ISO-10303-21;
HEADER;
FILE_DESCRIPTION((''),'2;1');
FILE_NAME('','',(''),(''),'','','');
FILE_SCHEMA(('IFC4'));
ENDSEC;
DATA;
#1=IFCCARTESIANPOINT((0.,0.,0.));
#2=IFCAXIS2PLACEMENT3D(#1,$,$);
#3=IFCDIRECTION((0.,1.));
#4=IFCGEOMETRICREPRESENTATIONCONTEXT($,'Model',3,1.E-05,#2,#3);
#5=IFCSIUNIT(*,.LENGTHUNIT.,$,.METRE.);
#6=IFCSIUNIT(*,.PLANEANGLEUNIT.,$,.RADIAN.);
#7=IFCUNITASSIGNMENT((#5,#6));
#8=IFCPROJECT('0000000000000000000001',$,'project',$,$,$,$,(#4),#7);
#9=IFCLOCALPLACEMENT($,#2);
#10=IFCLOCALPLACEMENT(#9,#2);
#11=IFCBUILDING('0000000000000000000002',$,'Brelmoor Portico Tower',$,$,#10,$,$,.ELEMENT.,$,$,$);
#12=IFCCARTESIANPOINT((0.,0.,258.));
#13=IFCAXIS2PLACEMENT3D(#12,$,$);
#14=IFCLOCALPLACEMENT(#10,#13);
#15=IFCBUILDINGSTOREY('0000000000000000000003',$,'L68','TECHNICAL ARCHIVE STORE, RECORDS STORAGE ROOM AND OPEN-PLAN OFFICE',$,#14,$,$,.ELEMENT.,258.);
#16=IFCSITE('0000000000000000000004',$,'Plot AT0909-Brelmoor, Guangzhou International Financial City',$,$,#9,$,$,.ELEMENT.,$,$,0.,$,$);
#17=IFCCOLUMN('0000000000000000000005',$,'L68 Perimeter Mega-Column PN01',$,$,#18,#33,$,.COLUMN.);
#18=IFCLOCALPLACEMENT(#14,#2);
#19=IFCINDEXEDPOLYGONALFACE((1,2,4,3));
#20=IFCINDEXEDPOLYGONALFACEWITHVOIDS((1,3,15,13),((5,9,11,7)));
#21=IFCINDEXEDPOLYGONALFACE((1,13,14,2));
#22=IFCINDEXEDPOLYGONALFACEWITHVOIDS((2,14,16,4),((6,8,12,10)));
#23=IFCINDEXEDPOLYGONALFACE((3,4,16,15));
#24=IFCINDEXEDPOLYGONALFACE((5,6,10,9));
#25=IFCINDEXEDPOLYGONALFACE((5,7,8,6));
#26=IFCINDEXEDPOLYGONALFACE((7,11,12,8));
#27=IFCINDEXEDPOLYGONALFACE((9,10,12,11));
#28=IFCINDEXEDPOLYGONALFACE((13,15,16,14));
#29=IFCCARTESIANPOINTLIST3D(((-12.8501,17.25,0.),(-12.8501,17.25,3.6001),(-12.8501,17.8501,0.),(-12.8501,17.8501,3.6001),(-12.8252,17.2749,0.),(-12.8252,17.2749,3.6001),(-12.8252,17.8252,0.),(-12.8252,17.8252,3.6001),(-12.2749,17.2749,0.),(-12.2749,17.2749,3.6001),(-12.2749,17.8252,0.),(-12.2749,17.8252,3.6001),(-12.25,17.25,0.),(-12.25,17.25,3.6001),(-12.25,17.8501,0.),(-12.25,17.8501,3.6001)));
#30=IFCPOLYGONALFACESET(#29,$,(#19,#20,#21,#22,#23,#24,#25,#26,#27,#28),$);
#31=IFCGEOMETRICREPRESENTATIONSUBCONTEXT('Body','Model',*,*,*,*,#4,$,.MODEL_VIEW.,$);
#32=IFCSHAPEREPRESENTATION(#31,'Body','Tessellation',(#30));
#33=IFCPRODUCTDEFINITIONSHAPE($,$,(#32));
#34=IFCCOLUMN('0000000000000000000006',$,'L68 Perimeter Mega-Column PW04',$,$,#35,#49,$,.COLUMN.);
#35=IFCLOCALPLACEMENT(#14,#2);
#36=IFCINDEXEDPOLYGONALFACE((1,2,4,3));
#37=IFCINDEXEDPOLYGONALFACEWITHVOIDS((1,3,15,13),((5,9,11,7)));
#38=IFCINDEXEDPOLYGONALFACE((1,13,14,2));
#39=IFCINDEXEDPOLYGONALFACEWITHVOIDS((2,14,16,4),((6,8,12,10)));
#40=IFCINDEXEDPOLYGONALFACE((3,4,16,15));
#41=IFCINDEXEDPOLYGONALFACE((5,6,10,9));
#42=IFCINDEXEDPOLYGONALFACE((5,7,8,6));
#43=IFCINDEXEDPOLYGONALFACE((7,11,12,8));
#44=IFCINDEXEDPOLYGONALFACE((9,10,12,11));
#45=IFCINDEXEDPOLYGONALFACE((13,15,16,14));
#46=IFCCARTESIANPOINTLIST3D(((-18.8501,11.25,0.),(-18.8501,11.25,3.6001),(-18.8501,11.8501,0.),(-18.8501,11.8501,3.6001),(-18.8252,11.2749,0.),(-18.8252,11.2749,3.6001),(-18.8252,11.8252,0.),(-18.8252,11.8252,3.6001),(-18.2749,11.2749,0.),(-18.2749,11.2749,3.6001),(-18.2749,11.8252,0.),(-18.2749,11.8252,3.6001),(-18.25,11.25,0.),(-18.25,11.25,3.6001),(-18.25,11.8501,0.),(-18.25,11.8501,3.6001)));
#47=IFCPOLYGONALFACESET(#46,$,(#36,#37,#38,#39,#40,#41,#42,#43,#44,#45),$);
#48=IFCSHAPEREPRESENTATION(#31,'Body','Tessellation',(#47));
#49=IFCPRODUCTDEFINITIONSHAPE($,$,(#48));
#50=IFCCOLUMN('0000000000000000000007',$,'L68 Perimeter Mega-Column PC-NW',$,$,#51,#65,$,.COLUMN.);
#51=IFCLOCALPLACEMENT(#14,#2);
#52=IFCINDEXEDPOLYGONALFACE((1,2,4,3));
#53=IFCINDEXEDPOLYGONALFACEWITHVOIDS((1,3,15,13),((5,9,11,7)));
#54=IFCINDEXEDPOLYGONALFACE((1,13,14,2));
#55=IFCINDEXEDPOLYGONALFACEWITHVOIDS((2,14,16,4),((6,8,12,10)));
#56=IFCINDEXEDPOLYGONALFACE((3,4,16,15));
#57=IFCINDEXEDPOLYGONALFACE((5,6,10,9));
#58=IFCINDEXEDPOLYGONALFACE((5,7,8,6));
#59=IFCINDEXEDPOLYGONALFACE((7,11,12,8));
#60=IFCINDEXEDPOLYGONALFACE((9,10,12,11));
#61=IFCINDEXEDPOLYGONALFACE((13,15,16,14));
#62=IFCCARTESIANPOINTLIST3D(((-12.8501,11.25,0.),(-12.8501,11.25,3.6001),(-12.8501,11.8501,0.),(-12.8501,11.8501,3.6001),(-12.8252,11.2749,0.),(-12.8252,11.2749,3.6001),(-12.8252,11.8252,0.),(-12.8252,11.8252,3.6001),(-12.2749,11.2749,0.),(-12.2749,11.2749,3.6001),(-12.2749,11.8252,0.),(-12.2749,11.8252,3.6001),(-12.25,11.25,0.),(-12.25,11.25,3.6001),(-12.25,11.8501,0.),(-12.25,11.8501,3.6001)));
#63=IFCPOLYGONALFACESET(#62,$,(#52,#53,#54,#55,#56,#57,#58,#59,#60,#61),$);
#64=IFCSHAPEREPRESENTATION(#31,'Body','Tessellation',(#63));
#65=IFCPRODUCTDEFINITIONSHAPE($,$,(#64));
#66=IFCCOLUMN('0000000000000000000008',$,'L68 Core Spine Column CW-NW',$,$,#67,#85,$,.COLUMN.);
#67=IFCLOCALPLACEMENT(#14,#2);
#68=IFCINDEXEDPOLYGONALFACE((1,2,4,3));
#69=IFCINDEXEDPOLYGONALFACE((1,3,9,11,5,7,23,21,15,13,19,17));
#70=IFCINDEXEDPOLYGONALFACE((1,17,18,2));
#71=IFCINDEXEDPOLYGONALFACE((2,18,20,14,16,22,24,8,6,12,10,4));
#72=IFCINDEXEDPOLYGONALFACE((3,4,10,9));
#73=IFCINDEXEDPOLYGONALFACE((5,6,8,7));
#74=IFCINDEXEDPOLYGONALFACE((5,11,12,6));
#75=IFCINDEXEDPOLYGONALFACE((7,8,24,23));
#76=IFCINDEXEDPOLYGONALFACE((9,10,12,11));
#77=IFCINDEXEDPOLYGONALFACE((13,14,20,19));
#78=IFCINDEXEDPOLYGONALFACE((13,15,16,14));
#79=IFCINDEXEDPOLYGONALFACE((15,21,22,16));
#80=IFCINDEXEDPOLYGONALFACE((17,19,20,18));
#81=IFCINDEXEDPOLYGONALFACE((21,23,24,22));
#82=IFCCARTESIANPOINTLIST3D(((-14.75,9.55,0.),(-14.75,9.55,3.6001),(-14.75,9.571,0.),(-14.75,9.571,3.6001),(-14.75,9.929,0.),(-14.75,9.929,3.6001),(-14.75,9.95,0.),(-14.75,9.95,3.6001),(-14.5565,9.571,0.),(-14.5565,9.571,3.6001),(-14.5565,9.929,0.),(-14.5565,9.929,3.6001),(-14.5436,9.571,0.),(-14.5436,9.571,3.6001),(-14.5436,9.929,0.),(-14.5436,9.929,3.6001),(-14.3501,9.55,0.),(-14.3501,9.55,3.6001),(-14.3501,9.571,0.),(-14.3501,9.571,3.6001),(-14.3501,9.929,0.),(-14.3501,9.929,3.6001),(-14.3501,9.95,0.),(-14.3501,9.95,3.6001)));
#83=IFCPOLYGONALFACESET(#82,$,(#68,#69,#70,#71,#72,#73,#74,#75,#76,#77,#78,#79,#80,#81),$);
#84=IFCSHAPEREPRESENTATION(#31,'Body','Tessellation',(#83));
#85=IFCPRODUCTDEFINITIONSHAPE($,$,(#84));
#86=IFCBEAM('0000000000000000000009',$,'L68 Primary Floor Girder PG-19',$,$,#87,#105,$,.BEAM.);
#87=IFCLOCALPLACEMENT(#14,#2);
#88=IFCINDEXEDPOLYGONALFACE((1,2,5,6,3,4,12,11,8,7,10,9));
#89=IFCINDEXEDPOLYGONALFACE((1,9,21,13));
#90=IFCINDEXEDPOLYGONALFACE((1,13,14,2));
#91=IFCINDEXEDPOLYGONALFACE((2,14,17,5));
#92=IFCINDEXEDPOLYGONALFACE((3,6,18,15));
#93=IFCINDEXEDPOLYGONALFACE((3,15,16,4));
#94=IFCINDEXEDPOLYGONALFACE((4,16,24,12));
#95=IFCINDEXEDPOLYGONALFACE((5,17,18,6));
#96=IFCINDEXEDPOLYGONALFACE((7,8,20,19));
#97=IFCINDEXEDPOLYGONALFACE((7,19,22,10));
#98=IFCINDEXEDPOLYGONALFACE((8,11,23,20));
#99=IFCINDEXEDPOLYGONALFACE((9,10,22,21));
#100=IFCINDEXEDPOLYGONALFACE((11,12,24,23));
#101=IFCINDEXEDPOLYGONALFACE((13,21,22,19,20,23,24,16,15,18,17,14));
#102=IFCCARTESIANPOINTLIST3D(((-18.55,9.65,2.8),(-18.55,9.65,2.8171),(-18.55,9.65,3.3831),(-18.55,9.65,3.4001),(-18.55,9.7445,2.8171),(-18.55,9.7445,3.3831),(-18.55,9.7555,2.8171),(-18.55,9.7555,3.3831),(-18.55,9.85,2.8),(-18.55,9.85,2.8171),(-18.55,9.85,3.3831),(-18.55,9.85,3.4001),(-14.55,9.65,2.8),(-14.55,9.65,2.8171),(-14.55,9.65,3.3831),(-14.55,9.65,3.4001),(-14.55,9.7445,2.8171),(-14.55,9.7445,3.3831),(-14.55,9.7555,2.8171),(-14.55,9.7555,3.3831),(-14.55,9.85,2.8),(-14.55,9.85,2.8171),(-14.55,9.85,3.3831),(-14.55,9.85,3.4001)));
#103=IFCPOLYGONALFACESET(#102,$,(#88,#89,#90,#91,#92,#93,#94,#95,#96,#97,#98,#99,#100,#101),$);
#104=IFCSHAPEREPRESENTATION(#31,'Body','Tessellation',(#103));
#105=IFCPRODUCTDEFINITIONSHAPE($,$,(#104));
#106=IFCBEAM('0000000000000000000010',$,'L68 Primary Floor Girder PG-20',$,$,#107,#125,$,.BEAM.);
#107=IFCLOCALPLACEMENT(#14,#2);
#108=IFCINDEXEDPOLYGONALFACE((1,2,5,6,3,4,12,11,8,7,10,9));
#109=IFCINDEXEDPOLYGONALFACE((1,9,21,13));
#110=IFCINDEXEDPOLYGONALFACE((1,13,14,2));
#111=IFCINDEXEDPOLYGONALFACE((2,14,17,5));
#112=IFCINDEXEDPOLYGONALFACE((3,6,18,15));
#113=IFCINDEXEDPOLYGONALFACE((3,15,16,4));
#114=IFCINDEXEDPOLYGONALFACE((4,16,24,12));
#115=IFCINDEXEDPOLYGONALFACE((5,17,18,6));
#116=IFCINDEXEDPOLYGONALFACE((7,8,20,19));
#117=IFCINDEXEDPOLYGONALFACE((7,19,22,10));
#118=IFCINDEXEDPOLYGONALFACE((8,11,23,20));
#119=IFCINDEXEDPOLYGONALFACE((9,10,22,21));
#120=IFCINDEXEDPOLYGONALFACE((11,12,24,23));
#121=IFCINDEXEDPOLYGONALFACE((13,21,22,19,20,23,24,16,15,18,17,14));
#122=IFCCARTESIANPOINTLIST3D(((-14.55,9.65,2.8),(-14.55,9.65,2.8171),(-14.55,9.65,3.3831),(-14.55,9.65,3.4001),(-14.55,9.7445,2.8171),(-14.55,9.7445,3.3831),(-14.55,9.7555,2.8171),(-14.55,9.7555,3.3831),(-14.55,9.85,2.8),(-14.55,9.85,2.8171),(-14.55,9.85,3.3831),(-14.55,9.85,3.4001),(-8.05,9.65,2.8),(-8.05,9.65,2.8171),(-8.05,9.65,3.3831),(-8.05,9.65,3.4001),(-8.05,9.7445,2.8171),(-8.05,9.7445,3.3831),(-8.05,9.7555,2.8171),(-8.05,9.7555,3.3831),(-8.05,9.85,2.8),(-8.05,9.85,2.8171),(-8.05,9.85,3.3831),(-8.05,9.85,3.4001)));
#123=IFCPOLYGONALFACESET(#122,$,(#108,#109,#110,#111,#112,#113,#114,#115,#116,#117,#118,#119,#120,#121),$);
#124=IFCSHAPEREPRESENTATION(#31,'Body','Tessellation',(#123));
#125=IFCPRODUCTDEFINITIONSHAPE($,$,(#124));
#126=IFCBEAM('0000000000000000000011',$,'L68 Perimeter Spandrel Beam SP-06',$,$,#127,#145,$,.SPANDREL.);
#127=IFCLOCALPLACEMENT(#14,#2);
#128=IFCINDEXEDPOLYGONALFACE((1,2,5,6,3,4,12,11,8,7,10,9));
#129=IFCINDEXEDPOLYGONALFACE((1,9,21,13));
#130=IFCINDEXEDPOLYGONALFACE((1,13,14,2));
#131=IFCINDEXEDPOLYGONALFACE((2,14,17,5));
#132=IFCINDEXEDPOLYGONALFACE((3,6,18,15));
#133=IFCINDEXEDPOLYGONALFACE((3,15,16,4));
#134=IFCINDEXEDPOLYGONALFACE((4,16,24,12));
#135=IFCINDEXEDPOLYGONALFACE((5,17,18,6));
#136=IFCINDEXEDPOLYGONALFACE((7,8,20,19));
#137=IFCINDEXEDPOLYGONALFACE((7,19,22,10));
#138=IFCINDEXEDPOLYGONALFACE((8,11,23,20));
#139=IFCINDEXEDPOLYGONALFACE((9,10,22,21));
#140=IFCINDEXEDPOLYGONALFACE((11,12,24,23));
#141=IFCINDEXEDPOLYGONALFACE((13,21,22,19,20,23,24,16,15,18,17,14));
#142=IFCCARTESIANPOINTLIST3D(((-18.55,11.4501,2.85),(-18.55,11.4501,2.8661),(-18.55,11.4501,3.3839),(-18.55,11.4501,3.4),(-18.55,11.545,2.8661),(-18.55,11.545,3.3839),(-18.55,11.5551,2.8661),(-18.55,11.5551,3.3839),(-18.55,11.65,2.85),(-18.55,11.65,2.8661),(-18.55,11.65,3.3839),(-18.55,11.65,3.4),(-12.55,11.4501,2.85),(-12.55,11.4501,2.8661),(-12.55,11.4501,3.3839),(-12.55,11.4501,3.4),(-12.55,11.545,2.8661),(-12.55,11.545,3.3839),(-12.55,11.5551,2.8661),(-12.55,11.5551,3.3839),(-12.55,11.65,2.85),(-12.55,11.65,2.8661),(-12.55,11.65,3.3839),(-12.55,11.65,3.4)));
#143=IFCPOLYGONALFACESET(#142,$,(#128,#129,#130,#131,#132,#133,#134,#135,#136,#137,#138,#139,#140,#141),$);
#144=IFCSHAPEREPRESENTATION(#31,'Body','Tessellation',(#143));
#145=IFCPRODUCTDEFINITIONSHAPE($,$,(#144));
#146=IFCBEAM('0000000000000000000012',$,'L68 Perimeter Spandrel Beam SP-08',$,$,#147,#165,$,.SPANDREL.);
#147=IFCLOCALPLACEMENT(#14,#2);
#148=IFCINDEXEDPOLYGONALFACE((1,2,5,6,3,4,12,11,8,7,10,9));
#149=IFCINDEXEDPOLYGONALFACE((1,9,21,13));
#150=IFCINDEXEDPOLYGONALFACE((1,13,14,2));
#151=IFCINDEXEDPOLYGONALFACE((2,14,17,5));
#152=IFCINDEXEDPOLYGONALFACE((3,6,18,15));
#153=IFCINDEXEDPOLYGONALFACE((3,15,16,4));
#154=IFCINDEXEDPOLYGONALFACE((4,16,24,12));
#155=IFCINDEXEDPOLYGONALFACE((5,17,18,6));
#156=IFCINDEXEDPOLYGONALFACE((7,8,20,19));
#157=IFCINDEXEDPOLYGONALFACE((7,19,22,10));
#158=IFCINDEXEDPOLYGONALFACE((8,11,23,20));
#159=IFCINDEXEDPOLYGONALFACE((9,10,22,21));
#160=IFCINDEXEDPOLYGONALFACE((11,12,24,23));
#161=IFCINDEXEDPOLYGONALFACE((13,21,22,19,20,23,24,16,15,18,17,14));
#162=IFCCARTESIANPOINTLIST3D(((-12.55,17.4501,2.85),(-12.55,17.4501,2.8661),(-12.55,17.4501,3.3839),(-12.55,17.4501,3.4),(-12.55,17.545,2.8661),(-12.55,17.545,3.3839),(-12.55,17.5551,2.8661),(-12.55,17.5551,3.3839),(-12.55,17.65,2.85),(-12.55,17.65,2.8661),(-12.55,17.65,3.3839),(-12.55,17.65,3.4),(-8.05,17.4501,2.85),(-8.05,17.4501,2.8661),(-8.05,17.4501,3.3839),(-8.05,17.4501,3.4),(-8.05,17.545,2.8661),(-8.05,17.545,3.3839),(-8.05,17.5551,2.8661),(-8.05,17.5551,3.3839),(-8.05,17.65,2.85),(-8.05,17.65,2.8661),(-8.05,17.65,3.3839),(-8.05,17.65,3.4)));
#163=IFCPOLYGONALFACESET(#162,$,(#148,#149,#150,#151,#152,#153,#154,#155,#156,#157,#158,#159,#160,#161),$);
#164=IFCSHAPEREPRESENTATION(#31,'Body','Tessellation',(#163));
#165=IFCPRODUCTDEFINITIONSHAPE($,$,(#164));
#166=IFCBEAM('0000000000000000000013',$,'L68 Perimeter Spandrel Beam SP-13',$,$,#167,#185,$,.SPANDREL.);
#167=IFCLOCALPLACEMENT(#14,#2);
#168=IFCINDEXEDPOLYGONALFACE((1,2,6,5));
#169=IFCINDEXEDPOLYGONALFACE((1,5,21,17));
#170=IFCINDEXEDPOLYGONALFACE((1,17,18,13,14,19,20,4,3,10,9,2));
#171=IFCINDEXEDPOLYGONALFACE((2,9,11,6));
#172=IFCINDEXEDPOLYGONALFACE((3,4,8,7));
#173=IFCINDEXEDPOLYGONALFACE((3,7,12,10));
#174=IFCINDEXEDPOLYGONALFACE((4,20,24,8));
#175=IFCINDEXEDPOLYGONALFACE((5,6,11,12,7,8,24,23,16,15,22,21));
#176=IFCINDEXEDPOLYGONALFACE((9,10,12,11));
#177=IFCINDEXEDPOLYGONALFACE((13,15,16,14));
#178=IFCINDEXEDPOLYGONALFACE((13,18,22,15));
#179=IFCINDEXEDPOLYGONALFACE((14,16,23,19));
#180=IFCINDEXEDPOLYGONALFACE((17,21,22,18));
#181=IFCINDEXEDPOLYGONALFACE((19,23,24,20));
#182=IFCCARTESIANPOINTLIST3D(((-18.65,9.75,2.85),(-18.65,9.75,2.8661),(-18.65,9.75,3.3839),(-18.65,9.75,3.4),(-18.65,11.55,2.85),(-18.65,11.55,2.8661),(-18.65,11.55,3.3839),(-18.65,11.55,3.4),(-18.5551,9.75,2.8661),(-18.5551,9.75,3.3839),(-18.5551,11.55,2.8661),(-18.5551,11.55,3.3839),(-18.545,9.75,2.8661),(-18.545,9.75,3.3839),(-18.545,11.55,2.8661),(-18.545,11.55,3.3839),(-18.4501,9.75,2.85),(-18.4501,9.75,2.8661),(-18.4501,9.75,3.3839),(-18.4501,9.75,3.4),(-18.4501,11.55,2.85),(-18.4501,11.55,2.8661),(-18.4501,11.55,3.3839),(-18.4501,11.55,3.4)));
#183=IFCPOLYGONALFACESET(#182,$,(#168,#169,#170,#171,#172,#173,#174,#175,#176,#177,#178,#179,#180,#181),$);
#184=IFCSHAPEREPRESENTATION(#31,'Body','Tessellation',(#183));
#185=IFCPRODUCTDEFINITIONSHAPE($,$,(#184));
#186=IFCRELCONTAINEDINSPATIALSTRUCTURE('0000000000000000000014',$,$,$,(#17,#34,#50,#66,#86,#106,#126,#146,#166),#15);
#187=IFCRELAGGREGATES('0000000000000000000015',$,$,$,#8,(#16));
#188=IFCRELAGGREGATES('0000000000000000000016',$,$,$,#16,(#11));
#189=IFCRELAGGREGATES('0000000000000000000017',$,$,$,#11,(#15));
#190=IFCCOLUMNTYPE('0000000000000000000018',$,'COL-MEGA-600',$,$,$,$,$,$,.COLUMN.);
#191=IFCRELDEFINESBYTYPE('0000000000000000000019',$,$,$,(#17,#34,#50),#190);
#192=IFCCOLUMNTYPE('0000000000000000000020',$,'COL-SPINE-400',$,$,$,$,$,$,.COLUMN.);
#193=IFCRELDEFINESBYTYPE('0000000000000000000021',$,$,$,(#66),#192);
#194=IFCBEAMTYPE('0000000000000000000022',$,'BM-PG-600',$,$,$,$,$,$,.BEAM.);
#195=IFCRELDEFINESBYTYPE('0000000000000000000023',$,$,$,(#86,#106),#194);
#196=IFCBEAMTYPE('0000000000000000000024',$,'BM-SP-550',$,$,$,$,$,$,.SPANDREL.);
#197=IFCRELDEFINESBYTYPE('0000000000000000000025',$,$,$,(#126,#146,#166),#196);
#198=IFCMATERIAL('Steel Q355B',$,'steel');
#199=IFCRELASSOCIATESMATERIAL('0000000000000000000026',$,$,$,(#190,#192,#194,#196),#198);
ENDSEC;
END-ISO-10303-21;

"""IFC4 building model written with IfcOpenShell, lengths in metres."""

from ifc_helpers import new_model, si_unit, direction, frame, origin, origin_2d, place, context, subcontext, project, spatial, hollow_rectangle, i_section, extrude, material, material_profile, profile_set, type_object, element, save


model = new_model("IFC4")

# Units and contexts
model_context = context("Model", 3, precision=1e-05, world=origin(), true_north=direction((0.0, 1.0)))
body_context = subcontext(model_context, "Body", "Model", "MODEL_VIEW")
ifc_project = project(units=[si_unit("LENGTHUNIT", "METRE"), si_unit("PLANEANGLEUNIT", "RADIAN")], contexts=[model_context])

# Site, building, storey
site_placement = place(None, origin())
site = spatial("IfcSite", under=ifc_project, at=site_placement, Name="Plot AT0909-Brelmoor, Guangzhou International Financial City", CompositionType="ELEMENT", RefElevation=0.0)
building_placement = place(site_placement, origin())
building = spatial("IfcBuilding", under=site, at=building_placement, Name="Brelmoor Portico Tower", CompositionType="ELEMENT")
storey_placement = place(building_placement, frame((0.0, 0.0, 258.0)))
storey = spatial("IfcBuildingStorey", under=building, at=storey_placement, Name="L68", Description="TECHNICAL ARCHIVE STORE, RECORDS STORAGE ROOM AND OPEN-PLAN OFFICE", CompositionType="ELEMENT", Elevation=258.0)

# Columns
ifc_material_1 = material(Name="Steel Q355B", Category="steel")
ifc_material_profile_1 = material_profile(ifc_material_1, hollow_rectangle(XDim=0.6001, YDim=0.6001, WallThickness=0.0249, at=origin_2d()), Name="BOX 600x600x25")
ifc_profile_set_1 = profile_set([ifc_material_profile_1], Name="Steel Q355B")
column_type_1 = type_object("IfcColumnType", Name="COL-MEGA-600", PredefinedType="COLUMN", material=ifc_profile_set_1)
for number, where, z_axis, x_axis, name in (
    (1, (-12.55, 17.55, 0.0), (0.0, 0.0, 1.0), (1.0, 0.0, 0.0), "L68 Perimeter Mega-Column PN01"),
    (2, (-18.55, 11.55, 0.0), (0.0, 0.0, 1.0), (0.0, 1.0, 0.0), "L68 Perimeter Mega-Column PW04"),
    (3, (-12.55, 11.55, 0.0), (0.0, 0.0, 1.0), (1.0, 0.0, 0.0), "L68 Perimeter Mega-Column PC-NW"),
):
    element("IfcColumn", number, at=place(storey_placement, frame(where, z_axis=z_axis, x_axis=x_axis)), inside=storey, type_object=column_type_1, Name=name, PredefinedType="COLUMN", context=body_context, shape_type="SweptSolid", body=[
        extrude(hollow_rectangle(XDim=0.6001, YDim=0.6001, WallThickness=0.0249, at=origin_2d()), origin(), (0.0, 0.0, 1.0), 3.6001),
    ])
ifc_material_profile_2 = material_profile(ifc_material_1, i_section(OverallWidth=0.3999, OverallDepth=0.3999, WebThickness=0.0129, FlangeThickness=0.021, at=origin_2d()), Name="HW 400x400x13x21")
ifc_profile_set_2 = profile_set([ifc_material_profile_2], Name="Steel Q355B")
column_type_2 = type_object("IfcColumnType", Name="COL-SPINE-400", PredefinedType="COLUMN", material=ifc_profile_set_2)
column_placement = place(storey_placement, frame((-14.55, 9.75, 0.0), z_axis=(0.0, 0.0, 1.0), x_axis=(1.0, 0.0, 0.0)))
element("IfcColumn", 4, at=column_placement, inside=storey, type_object=column_type_2, Name="L68 Core Spine Column CW-NW", PredefinedType="COLUMN", context=body_context, shape_type="SweptSolid", body=[
    extrude(i_section(OverallWidth=0.3999, OverallDepth=0.3999, WebThickness=0.0129, FlangeThickness=0.021, at=origin_2d()), origin(), (0.0, 0.0, 1.0), 3.6001),
])

# Beams
ifc_material_profile_3 = material_profile(ifc_material_1, i_section(OverallWidth=0.2, OverallDepth=0.6001, WebThickness=0.011, FlangeThickness=0.0171, at=origin_2d()), Name="HN 600x200x11x17")
ifc_profile_set_3 = profile_set([ifc_material_profile_3], Name="Steel Q355B")
beam_type_1 = type_object("IfcBeamType", Name="BM-PG-600", PredefinedType="BEAM", material=ifc_profile_set_3)
beam_1_placement = place(storey_placement, frame((-18.55, 9.75, 3.1001), z_axis=(1.0, 0.0, 0.0), x_axis=(0.0, 1.0, 0.0)))
element("IfcBeam", 5, at=beam_1_placement, inside=storey, type_object=beam_type_1, Name="L68 Primary Floor Girder PG-19", PredefinedType="BEAM", context=body_context, shape_type="SweptSolid", body=[
    extrude(i_section(OverallWidth=0.2, OverallDepth=0.6001, WebThickness=0.011, FlangeThickness=0.0171, at=origin_2d()), origin(), (0.0, 0.0, 1.0), 4.0),
])
beam_2_placement = place(storey_placement, frame((-14.55, 9.75, 3.1001), z_axis=(1.0, 0.0, 0.0), x_axis=(0.0, 1.0, 0.0)))
element("IfcBeam", 6, at=beam_2_placement, inside=storey, type_object=beam_type_1, Name="L68 Primary Floor Girder PG-20", PredefinedType="BEAM", context=body_context, shape_type="SweptSolid", body=[
    extrude(i_section(OverallWidth=0.2, OverallDepth=0.6001, WebThickness=0.011, FlangeThickness=0.0171, at=origin_2d()), origin(), (0.0, 0.0, 1.0), 6.5),
])
ifc_material_profile_4 = material_profile(ifc_material_1, i_section(OverallWidth=0.2, OverallDepth=0.55, WebThickness=0.01, FlangeThickness=0.0161, at=origin_2d()), Name="HN 550x200x10x16")
ifc_profile_set_4 = profile_set([ifc_material_profile_4], Name="Steel Q355B")
beam_type_2 = type_object("IfcBeamType", Name="BM-SP-550", PredefinedType="SPANDREL", material=ifc_profile_set_4)
beam_3_placement = place(storey_placement, frame((-18.55, 11.55, 3.125), z_axis=(1.0, 0.0, 0.0), x_axis=(0.0, 1.0, 0.0)))
element("IfcBeam", 7, at=beam_3_placement, inside=storey, type_object=beam_type_2, Name="L68 Perimeter Spandrel Beam SP-06", PredefinedType="SPANDREL", context=body_context, shape_type="SweptSolid", body=[
    extrude(i_section(OverallWidth=0.2, OverallDepth=0.55, WebThickness=0.01, FlangeThickness=0.0161, at=origin_2d()), origin(), (0.0, 0.0, 1.0), 6.0),
])
beam_4_placement = place(storey_placement, frame((-12.55, 17.55, 3.125), z_axis=(1.0, 0.0, 0.0), x_axis=(0.0, 1.0, 0.0)))
element("IfcBeam", 8, at=beam_4_placement, inside=storey, type_object=beam_type_2, Name="L68 Perimeter Spandrel Beam SP-08", PredefinedType="SPANDREL", context=body_context, shape_type="SweptSolid", body=[
    extrude(i_section(OverallWidth=0.2, OverallDepth=0.55, WebThickness=0.01, FlangeThickness=0.0161, at=origin_2d()), origin(), (0.0, 0.0, 1.0), 4.5),
])
beam_5_placement = place(storey_placement, frame((-18.55, 9.75, 3.125), z_axis=(0.0, 1.0, 0.0), x_axis=(-1.0, 0.0, 0.0)))
element("IfcBeam", 9, at=beam_5_placement, inside=storey, type_object=beam_type_2, Name="L68 Perimeter Spandrel Beam SP-13", PredefinedType="SPANDREL", context=body_context, shape_type="SweptSolid", body=[
    extrude(i_section(OverallWidth=0.2, OverallDepth=0.55, WebThickness=0.01, FlangeThickness=0.0161, at=origin_2d()), origin(), (0.0, 0.0, 1.0), 1.8),
])

save(model, "model.ifc")
